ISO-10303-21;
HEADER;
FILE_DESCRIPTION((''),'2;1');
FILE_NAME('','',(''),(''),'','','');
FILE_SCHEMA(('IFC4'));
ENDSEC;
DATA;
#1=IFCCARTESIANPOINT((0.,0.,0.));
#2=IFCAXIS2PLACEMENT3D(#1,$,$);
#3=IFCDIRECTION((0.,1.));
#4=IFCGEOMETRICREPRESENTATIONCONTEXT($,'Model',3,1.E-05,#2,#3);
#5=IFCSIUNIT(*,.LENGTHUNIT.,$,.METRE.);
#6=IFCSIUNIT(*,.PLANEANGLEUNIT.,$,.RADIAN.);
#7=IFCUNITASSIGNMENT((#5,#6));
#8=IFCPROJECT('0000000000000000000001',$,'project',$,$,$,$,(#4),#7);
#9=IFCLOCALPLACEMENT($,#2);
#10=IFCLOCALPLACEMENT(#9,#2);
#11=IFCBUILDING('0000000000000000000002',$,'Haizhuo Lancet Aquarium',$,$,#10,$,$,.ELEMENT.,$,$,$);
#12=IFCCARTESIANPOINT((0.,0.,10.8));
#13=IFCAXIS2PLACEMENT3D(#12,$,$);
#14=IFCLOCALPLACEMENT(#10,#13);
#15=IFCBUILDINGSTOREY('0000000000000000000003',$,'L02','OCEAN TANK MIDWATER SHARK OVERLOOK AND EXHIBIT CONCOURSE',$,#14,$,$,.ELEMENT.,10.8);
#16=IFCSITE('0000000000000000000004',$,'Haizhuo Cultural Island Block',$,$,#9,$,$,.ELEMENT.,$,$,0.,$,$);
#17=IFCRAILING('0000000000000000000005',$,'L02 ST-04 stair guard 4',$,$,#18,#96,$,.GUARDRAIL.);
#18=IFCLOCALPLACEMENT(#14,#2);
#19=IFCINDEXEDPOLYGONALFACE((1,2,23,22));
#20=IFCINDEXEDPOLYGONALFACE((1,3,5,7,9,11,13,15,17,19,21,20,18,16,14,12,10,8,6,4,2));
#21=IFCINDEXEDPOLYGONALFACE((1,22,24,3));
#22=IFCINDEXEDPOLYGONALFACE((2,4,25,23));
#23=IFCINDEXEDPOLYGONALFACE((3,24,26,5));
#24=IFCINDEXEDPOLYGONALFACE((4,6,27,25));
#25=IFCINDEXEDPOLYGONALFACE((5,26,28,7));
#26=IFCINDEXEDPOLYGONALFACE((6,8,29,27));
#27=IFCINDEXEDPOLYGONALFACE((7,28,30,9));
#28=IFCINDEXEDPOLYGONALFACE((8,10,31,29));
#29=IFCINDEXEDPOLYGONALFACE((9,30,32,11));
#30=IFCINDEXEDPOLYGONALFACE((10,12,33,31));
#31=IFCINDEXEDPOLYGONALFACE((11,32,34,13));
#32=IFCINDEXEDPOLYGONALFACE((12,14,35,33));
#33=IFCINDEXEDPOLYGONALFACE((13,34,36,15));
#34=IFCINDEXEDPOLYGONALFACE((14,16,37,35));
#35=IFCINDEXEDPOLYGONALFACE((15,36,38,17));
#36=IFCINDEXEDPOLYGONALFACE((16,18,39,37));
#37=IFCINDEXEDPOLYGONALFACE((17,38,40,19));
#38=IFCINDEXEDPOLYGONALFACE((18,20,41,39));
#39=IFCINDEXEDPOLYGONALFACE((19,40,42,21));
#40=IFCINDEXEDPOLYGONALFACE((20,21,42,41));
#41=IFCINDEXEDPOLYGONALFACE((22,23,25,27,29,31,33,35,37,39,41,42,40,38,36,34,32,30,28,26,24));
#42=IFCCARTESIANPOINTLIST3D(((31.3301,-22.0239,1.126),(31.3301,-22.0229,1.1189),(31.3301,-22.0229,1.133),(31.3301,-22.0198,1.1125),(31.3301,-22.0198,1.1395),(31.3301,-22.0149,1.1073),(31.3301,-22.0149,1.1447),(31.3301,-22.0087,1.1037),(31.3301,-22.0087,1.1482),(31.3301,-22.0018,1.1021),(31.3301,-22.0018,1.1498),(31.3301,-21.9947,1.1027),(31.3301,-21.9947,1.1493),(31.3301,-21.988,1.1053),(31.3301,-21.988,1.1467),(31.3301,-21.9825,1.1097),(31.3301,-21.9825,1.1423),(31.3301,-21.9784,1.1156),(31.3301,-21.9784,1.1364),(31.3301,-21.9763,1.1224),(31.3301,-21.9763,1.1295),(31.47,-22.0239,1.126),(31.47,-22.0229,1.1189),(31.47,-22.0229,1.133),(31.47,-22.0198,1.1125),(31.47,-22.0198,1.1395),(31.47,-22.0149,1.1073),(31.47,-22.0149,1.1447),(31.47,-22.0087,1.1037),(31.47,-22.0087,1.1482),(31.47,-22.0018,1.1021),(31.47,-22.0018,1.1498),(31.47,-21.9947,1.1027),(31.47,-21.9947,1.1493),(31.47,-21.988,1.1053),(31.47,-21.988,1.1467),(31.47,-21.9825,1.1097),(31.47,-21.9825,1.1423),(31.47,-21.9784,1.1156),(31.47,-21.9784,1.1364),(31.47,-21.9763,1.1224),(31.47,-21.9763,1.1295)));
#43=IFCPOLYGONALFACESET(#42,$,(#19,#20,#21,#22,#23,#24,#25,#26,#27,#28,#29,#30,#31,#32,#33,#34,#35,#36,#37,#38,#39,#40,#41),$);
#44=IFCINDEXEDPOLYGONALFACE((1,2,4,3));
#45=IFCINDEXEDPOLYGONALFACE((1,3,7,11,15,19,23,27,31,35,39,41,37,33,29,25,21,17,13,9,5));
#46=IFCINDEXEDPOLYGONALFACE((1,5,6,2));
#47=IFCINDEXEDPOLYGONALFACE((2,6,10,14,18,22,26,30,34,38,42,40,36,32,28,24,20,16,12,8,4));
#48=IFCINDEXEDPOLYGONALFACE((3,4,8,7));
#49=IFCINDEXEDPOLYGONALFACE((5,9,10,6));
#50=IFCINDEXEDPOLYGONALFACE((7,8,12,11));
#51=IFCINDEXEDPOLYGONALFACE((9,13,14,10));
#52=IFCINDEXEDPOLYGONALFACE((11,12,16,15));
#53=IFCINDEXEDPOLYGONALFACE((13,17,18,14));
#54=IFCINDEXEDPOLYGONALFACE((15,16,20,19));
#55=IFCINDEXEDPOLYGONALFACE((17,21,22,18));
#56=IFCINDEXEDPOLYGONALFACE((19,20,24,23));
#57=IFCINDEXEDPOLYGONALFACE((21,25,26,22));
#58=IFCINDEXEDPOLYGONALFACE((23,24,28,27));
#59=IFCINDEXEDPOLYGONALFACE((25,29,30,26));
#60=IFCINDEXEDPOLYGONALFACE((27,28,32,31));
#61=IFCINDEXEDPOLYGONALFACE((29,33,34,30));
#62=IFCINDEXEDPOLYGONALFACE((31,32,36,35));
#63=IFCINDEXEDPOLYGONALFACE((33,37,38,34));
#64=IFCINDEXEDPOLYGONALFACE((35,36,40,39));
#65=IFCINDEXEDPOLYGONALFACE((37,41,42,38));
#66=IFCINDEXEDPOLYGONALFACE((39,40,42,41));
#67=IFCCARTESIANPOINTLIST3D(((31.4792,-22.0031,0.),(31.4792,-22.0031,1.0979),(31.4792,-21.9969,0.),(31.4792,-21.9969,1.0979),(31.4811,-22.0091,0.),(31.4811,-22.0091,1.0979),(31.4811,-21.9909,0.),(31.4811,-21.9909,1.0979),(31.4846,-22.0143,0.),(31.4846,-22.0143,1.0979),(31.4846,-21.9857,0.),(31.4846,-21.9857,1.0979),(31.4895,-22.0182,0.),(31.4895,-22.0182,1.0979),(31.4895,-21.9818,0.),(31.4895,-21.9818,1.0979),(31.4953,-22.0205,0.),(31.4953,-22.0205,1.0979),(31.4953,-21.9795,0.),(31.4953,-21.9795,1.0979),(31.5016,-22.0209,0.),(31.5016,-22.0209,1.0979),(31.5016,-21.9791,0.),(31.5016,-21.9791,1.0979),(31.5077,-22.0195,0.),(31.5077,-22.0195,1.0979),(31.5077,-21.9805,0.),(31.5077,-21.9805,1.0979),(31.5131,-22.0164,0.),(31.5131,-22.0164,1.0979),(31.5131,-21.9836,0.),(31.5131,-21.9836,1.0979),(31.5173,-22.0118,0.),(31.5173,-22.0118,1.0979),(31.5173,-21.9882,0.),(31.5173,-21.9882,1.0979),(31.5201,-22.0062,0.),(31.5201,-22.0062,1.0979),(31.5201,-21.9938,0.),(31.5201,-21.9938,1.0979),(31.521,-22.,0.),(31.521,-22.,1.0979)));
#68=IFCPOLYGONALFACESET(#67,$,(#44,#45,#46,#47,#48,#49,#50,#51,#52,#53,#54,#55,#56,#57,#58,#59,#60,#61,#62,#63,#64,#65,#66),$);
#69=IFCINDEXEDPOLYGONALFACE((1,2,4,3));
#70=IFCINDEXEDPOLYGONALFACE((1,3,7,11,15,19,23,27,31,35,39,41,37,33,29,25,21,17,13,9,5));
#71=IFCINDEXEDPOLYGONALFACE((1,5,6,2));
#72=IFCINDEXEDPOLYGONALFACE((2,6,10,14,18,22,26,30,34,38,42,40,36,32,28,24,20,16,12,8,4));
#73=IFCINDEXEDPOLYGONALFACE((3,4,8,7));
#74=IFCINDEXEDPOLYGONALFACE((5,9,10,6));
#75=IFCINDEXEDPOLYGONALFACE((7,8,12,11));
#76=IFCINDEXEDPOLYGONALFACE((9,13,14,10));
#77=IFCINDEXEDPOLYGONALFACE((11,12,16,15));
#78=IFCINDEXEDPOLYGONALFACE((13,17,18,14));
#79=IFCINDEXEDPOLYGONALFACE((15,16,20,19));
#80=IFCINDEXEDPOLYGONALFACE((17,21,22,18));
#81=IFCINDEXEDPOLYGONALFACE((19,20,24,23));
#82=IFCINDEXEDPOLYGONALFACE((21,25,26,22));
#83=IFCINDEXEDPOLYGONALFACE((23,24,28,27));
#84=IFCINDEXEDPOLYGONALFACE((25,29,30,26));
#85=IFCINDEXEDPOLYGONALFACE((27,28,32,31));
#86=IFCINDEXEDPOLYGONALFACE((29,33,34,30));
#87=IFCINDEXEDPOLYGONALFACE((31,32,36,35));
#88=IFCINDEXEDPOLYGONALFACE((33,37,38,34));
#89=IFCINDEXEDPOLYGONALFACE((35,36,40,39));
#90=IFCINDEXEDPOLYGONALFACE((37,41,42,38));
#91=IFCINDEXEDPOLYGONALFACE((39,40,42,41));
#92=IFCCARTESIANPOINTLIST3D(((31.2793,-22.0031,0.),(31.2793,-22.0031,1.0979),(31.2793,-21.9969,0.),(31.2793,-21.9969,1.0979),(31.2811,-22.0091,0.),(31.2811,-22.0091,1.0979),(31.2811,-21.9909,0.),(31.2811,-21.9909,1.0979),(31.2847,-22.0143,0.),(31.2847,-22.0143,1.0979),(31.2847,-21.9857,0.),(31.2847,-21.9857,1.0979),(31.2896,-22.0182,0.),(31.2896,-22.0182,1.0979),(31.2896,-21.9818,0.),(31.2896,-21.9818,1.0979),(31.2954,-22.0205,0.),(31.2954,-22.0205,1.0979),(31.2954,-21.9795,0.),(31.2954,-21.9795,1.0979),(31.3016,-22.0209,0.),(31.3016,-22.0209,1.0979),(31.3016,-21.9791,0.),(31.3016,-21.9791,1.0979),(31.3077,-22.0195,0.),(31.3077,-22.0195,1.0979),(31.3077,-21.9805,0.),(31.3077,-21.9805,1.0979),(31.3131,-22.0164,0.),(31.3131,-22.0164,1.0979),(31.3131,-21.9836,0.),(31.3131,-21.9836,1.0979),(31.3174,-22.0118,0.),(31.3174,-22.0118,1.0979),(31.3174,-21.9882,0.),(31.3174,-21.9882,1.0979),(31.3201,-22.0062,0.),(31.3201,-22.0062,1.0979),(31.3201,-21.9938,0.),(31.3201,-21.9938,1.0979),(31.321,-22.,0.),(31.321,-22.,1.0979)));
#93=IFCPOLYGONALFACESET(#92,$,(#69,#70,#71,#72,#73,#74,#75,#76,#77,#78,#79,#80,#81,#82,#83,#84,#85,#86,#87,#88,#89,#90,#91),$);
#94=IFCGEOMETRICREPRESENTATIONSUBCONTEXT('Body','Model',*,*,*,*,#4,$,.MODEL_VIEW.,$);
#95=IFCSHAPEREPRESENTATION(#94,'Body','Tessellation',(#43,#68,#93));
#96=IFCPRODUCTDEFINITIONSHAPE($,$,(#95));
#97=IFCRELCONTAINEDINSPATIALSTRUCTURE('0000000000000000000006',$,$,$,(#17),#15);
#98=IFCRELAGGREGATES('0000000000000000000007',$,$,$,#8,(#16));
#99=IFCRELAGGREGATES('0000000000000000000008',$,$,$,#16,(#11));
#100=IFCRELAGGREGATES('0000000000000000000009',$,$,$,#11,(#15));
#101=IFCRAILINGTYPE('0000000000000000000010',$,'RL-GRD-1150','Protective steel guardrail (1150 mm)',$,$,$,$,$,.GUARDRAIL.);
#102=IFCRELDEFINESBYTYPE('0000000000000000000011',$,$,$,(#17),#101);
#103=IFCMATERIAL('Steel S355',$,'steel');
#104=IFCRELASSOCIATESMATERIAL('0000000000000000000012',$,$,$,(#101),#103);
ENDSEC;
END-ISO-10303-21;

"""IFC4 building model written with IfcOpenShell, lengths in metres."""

from ifc_helpers import new_model, si_unit, direction, frame, origin, origin_2d, place, context, subcontext, project, spatial, circle, extrude, material, type_object, element, save


model = new_model("IFC4")

# Units and contexts
model_context = context("Model", 3, precision=1e-05, world=origin(), true_north=direction((0.0, 1.0)))
body_context = subcontext(model_context, "Body", "Model", "MODEL_VIEW")
ifc_project = project(units=[si_unit("LENGTHUNIT", "METRE"), si_unit("PLANEANGLEUNIT", "RADIAN")], contexts=[model_context])

# Site, building, storey
site_placement = place(None, origin())
site = spatial("IfcSite", under=ifc_project, at=site_placement, Name="Haizhuo Cultural Island Block", CompositionType="ELEMENT", RefElevation=0.0)
building_placement = place(site_placement, origin())
building = spatial("IfcBuilding", under=site, at=building_placement, Name="Haizhuo Lancet Aquarium", CompositionType="ELEMENT")
storey_placement = place(building_placement, frame((0.0, 0.0, 10.8)))
storey = spatial("IfcBuildingStorey", under=building, at=storey_placement, Name="L02", Description="OCEAN TANK MIDWATER SHARK OVERLOOK AND EXHIBIT CONCOURSE", CompositionType="ELEMENT", Elevation=10.8)

# Shared definitions
ifc_material_1 = material(Name="Steel S355", Category="steel")

# Railing
railing_type_1 = type_object("IfcRailingType", Name="RL-GRD-1150", Description="Protective steel guardrail (1150 mm)", PredefinedType="GUARDRAIL", material=ifc_material_1)
railing_1_placement = place(storey_placement, frame((31.5, -22.0, 0.0)))
element("IfcRailing", 1, at=railing_1_placement, inside=storey, type_object=railing_type_1, Name="L02 ST-04 stair guard 4", PredefinedType="GUARDRAIL", context=body_context, shape_type="SweptSolid", body=[
    extrude(circle(Radius=0.0239, at=origin_2d()), frame((-0.03, 0.0, 1.126), z_axis=(-1.0, 0.0, 0.0), x_axis=(0.0, -1.0, 0.0)), (0.0, 0.0, 1.0), 0.1399),
    extrude(circle(Radius=0.021, at=origin_2d()), origin(), (0.0, 0.0, 1.0), 1.0979),
    extrude(circle(Radius=0.021, at=origin_2d()), frame((-0.2, 0.0, 0.0)), (0.0, 0.0, 1.0), 1.0979),
])

save(model, "model.ifc")
